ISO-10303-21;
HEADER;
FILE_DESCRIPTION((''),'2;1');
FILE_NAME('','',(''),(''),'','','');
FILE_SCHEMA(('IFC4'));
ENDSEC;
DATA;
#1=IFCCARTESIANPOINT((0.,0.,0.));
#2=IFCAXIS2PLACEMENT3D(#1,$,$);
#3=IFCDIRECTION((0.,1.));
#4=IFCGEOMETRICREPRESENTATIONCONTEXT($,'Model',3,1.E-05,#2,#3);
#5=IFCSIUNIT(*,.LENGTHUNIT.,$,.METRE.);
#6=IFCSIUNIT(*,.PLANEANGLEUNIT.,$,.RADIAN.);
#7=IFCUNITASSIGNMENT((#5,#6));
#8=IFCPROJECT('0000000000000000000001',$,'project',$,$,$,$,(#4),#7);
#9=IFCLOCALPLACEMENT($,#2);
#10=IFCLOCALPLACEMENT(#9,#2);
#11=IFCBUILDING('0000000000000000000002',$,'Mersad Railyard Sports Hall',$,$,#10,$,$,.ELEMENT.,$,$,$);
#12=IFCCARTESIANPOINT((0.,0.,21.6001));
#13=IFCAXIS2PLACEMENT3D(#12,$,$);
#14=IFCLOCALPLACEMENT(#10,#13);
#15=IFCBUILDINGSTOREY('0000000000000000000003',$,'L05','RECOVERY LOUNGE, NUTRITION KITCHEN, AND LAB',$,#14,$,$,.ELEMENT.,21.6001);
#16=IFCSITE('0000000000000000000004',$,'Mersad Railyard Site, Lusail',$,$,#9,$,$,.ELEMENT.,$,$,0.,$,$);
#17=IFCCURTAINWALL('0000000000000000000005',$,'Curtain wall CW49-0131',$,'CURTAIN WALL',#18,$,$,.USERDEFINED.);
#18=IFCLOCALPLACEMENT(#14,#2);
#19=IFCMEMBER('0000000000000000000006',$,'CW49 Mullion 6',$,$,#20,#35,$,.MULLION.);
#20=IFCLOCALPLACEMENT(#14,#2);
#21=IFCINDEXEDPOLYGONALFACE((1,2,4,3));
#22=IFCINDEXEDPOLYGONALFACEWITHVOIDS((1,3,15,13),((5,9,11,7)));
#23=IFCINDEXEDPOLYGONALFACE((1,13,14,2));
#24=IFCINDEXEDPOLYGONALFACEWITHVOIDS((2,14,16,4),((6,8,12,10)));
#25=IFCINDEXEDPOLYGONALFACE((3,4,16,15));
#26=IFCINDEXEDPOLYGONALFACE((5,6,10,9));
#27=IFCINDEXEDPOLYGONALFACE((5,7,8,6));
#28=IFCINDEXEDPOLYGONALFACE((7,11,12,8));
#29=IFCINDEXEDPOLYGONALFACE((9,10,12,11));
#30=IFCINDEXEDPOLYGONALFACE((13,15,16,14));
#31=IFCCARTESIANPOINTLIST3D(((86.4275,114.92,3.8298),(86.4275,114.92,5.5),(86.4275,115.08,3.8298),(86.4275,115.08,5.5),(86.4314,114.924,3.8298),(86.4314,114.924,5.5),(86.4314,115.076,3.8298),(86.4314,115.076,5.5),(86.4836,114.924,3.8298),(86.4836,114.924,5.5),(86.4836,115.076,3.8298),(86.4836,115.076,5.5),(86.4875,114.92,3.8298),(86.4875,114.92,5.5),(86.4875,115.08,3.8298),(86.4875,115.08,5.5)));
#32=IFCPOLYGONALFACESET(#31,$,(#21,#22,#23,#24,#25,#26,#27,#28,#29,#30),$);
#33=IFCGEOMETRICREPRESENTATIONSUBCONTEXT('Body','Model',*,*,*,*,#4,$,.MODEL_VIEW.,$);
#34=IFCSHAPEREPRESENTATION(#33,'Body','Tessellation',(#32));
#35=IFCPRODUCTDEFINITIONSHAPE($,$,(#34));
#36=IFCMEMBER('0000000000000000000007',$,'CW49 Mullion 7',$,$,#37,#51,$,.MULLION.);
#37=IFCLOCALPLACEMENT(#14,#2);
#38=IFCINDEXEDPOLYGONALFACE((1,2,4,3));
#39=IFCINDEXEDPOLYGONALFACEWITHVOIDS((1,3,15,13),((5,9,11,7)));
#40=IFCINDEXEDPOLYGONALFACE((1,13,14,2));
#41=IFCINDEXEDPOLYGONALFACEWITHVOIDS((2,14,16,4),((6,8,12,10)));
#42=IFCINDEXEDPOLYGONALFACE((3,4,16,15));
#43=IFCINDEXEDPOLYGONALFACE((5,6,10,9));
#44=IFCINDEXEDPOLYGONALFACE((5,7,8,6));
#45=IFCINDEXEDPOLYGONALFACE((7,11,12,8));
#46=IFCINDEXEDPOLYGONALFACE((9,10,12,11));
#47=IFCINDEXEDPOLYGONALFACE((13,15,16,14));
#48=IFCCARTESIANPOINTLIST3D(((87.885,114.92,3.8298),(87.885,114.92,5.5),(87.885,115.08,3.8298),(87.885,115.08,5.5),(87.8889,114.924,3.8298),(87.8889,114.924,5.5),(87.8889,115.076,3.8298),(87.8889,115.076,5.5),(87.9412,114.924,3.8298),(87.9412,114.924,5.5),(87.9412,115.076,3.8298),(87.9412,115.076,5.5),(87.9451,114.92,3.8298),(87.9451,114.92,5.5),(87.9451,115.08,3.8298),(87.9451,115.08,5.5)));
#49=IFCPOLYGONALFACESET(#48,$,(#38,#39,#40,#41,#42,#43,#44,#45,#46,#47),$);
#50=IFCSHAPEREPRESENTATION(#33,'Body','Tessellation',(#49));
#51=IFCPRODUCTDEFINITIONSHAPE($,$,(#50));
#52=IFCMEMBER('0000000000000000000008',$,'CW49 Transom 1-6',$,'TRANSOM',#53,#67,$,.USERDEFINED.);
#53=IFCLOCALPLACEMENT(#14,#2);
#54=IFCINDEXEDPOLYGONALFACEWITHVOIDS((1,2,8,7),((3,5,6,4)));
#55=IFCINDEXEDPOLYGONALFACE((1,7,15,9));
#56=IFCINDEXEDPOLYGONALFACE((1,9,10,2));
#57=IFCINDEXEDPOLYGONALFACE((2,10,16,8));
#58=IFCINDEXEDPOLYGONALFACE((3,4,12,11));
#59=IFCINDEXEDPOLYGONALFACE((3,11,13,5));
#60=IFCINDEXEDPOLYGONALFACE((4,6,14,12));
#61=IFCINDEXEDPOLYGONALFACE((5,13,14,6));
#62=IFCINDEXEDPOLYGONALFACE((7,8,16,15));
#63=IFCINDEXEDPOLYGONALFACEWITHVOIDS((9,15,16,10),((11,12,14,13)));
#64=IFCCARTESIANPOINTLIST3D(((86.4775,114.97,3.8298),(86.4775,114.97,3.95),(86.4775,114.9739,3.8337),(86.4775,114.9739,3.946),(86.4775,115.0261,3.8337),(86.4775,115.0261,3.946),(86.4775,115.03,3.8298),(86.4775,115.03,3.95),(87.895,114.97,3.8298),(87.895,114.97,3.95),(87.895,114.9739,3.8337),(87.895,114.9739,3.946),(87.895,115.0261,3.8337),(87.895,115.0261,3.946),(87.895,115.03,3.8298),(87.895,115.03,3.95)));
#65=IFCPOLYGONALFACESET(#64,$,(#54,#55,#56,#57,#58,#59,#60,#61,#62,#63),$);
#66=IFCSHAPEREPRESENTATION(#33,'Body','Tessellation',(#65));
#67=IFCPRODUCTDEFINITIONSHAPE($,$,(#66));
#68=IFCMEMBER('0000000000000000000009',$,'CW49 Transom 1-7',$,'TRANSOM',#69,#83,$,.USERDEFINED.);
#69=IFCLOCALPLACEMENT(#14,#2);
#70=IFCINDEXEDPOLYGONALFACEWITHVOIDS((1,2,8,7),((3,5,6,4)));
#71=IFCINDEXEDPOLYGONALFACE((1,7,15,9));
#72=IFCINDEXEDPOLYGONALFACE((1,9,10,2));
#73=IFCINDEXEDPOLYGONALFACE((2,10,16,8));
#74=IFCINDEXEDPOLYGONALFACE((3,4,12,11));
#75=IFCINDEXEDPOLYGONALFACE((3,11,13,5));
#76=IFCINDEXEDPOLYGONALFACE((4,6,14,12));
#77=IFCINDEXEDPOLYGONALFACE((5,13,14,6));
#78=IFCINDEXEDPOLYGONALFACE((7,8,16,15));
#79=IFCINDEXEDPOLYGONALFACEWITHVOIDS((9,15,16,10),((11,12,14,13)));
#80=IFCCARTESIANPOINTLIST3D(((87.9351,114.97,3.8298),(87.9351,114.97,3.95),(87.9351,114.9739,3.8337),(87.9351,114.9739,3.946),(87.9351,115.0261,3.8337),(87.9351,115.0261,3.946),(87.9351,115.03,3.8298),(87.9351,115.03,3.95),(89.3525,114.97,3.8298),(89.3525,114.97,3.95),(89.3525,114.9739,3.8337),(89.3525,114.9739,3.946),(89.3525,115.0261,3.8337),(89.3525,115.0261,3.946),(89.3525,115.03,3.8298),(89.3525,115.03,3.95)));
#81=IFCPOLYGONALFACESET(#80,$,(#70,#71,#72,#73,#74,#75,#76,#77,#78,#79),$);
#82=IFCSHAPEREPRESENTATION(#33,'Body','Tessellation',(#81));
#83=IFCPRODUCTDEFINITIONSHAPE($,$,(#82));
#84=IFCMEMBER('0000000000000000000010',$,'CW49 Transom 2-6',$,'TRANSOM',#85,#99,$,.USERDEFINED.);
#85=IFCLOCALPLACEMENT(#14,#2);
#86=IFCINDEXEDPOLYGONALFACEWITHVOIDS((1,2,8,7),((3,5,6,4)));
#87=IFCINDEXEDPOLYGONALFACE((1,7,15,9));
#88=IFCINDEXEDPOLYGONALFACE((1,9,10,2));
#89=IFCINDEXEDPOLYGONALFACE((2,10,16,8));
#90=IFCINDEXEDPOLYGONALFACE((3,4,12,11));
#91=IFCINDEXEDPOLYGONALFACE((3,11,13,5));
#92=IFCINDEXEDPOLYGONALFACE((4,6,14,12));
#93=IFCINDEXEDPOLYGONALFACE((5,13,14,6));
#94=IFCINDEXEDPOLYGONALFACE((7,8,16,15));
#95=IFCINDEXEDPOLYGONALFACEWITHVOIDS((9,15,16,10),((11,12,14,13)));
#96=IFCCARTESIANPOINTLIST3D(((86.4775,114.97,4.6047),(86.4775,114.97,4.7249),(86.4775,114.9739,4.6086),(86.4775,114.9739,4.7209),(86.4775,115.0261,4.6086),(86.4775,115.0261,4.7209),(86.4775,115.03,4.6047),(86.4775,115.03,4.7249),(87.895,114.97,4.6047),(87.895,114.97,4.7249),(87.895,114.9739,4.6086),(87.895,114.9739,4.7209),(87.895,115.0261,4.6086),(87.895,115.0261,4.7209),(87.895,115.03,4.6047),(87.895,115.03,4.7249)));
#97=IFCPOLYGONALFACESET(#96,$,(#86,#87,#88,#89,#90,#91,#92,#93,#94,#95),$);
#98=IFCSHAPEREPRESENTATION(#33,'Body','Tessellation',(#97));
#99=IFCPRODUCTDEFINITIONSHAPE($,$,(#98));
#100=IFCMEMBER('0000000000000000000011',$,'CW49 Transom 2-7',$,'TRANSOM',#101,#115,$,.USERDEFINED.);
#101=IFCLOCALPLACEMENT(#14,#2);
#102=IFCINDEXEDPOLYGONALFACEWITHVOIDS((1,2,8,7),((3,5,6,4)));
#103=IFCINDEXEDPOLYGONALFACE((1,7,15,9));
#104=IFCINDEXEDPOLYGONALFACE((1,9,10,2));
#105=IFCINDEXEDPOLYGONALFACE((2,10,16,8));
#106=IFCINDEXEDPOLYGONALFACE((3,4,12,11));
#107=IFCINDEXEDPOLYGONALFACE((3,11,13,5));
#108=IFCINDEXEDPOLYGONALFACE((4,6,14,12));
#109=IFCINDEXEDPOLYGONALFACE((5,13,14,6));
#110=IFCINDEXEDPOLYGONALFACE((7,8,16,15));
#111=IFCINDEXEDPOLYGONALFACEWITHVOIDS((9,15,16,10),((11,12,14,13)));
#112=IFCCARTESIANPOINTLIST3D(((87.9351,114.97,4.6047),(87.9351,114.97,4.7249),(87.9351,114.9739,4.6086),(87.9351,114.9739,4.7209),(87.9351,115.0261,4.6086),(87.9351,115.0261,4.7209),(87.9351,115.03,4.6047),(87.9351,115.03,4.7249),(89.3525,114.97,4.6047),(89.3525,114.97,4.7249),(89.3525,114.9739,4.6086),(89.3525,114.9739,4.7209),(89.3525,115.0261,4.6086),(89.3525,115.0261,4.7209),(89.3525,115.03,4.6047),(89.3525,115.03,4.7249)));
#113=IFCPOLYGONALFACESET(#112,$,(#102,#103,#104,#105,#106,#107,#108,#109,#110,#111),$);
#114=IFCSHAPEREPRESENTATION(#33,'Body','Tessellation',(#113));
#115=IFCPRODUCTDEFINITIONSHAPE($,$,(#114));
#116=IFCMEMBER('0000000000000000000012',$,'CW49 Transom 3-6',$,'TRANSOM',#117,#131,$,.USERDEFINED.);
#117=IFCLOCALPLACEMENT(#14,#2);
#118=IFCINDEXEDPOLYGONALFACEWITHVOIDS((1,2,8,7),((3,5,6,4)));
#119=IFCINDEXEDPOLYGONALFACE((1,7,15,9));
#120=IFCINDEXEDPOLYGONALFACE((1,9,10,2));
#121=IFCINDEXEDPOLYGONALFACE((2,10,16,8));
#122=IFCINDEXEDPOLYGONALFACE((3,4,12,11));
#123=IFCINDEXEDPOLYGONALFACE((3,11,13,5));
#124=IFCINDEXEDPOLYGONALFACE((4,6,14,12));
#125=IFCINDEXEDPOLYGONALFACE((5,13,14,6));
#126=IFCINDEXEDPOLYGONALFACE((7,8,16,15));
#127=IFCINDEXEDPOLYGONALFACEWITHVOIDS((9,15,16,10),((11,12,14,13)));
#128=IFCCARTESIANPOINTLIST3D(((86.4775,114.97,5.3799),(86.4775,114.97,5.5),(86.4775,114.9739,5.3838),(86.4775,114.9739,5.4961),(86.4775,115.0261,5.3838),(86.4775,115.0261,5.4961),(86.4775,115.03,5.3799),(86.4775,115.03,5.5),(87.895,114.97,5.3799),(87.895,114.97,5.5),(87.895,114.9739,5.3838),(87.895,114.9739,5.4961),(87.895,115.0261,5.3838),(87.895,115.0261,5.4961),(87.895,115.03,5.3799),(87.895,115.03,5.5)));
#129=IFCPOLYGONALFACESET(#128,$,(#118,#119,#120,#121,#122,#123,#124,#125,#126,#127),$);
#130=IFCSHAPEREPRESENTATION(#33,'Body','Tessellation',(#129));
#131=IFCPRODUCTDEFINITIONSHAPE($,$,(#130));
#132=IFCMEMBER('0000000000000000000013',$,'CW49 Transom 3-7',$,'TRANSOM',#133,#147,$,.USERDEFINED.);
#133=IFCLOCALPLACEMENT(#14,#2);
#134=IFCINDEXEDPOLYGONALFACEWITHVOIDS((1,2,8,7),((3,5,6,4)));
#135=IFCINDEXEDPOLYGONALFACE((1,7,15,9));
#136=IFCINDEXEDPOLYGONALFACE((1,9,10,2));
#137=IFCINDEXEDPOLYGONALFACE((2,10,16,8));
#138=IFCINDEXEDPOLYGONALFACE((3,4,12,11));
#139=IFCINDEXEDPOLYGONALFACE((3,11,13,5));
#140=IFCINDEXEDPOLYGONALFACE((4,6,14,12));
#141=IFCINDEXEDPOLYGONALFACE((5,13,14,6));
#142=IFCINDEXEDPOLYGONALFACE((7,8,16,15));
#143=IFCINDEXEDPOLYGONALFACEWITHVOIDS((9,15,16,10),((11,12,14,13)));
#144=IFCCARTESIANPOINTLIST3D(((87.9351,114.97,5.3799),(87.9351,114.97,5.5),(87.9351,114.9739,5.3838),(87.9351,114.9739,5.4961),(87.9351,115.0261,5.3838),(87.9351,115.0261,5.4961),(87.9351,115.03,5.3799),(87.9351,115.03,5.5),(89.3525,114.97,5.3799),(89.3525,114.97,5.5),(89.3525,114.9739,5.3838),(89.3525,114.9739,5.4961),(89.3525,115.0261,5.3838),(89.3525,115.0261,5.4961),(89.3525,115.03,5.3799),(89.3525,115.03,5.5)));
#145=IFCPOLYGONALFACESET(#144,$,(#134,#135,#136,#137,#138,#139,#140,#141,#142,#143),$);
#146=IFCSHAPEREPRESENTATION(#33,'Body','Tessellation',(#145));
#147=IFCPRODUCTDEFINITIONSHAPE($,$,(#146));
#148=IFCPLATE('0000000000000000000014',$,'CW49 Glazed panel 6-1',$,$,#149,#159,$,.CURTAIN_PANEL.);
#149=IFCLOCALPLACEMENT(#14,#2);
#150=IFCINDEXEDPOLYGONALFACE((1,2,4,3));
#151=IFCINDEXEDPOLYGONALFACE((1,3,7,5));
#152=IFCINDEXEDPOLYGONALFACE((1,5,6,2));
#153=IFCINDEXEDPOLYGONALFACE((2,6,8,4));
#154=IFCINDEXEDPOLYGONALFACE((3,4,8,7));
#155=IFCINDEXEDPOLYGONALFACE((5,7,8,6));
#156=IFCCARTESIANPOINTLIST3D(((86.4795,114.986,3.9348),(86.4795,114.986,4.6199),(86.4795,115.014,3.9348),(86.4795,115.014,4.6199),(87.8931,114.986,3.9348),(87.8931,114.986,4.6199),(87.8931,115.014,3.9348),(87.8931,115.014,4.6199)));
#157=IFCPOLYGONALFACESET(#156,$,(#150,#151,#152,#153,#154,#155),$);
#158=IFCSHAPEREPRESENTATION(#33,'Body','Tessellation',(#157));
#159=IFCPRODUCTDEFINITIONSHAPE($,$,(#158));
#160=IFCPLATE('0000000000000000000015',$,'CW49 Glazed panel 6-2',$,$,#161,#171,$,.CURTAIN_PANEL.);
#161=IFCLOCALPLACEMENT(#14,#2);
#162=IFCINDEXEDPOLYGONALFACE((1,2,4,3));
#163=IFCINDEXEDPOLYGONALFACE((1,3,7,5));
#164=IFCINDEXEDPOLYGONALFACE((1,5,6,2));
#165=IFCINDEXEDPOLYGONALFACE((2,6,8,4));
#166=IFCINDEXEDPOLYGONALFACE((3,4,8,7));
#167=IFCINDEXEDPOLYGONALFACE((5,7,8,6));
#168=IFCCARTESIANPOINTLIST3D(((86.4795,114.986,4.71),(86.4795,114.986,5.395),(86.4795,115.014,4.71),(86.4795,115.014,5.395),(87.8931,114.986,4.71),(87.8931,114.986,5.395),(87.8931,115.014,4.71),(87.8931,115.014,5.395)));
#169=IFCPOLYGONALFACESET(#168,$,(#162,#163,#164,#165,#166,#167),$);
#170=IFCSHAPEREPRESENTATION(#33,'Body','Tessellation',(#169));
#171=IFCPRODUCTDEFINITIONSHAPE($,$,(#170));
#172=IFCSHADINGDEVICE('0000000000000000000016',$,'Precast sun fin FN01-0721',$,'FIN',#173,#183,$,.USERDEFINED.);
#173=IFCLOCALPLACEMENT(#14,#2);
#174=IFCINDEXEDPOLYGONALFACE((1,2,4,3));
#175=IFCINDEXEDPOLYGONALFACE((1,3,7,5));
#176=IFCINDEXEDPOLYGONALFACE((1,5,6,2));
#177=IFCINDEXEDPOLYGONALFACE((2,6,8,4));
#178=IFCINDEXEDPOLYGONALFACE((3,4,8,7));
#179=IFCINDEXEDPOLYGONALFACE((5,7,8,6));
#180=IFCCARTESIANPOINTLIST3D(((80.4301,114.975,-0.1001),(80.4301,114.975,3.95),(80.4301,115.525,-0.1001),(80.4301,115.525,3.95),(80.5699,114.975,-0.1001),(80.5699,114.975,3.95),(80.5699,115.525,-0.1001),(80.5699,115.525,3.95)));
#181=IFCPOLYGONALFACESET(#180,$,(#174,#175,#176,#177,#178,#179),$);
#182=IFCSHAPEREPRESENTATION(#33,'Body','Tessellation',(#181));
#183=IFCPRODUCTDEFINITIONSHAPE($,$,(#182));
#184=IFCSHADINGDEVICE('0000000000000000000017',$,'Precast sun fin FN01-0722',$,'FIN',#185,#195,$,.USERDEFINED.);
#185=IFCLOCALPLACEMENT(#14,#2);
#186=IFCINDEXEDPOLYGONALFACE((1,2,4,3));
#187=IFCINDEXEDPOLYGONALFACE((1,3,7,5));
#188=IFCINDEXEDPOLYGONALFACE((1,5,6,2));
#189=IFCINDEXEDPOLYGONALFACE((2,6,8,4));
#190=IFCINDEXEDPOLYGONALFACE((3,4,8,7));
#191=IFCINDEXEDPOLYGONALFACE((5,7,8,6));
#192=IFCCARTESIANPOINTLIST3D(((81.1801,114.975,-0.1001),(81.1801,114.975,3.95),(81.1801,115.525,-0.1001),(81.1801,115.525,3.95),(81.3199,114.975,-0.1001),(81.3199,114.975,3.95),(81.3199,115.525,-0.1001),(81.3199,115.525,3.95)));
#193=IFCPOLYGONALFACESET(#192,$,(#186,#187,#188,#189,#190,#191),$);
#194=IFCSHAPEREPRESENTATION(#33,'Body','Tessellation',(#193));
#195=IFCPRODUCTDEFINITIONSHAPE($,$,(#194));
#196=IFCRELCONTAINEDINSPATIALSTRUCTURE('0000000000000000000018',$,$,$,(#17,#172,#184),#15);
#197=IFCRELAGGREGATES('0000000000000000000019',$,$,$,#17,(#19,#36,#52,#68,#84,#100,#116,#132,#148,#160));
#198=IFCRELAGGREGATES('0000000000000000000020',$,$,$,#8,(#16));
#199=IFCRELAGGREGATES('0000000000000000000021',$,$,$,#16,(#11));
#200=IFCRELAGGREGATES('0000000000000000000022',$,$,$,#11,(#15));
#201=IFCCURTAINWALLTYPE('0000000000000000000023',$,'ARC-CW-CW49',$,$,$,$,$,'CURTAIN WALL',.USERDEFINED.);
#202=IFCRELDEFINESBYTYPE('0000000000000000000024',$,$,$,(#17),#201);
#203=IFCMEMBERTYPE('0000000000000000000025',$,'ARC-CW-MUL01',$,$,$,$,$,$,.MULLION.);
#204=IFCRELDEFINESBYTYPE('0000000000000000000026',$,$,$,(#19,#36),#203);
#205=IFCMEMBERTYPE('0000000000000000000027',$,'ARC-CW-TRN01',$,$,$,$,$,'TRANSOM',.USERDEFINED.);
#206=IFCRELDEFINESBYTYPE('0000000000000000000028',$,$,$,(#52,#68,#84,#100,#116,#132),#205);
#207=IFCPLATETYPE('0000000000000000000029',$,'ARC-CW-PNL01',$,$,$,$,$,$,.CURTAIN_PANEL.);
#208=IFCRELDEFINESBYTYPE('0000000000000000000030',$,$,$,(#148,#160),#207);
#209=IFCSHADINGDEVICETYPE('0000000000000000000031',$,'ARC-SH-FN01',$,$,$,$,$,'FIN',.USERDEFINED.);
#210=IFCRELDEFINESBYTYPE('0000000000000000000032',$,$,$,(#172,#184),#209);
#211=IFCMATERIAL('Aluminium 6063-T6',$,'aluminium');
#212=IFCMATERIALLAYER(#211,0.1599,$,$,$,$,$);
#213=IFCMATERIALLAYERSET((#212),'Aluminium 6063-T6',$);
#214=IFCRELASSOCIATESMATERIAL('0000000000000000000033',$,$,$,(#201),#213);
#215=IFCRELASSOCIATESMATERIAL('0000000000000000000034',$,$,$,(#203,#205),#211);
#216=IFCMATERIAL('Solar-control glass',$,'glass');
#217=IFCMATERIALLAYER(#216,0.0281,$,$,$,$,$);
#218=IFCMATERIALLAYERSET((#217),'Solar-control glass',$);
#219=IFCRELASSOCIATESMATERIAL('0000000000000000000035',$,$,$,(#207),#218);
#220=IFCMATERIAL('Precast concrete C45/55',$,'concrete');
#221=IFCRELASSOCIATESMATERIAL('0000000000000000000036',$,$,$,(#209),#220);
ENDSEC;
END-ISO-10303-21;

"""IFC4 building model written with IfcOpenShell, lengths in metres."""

from ifc_helpers import new_model, si_unit, direction, frame, origin, origin_2d, place, context, subcontext, project, spatial, rectangle, hollow_rectangle, extrude, material, layer, layer_set, material_profile, profile_set, type_object, element, aggregate, save


model = new_model("IFC4")

# Units and contexts
model_context = context("Model", 3, precision=1e-05, world=origin(), true_north=direction((0.0, 1.0)))
body_context = subcontext(model_context, "Body", "Model", "MODEL_VIEW")
ifc_project = project(units=[si_unit("LENGTHUNIT", "METRE"), si_unit("PLANEANGLEUNIT", "RADIAN")], contexts=[model_context])

# Site, building, storey
site_placement = place(None, origin())
site = spatial("IfcSite", under=ifc_project, at=site_placement, Name="Mersad Railyard Site, Lusail", CompositionType="ELEMENT", RefElevation=0.0)
building_placement = place(site_placement, origin())
building = spatial("IfcBuilding", under=site, at=building_placement, Name="Mersad Railyard Sports Hall", CompositionType="ELEMENT")
storey_placement = place(building_placement, frame((0.0, 0.0, 21.6001)))
storey = spatial("IfcBuildingStorey", under=building, at=storey_placement, Name="L05", Description="RECOVERY LOUNGE, NUTRITION KITCHEN, AND LAB", CompositionType="ELEMENT", Elevation=21.6001)

# Curtain wall, members, plates
ifc_material_1 = material(Name="Aluminium 6063-T6", Category="aluminium")
ifc_layer_1 = layer(ifc_material_1, 0.1599)
ifc_layer_set_1 = layer_set([ifc_layer_1], Name="Aluminium 6063-T6")
curtain_wall_type = type_object("IfcCurtainWallType", Name="ARC-CW-CW49", ElementType="CURTAIN WALL", PredefinedType="USERDEFINED", material=ifc_layer_set_1)
curtain_wall_placement = place(storey_placement, origin())
curtain_wall = element("IfcCurtainWall", 1, at=curtain_wall_placement, inside=storey, type_object=curtain_wall_type, Name="Curtain wall CW49-0131", ObjectType="CURTAIN WALL", PredefinedType="USERDEFINED")
ifc_material_profile_1 = material_profile(ifc_material_1, hollow_rectangle(XDim=0.0601, YDim=0.1599, WallThickness=0.0039, at=origin_2d()), Name="AL MULLION 60x160x4")
ifc_profile_set_1 = profile_set([ifc_material_profile_1], Name="Aluminium 6063-T6")
member_type_1 = type_object("IfcMemberType", Name="ARC-CW-MUL01", PredefinedType="MULLION", material=ifc_profile_set_1)
member_1_placement = place(storey_placement, frame((86.4575, 115.0, 3.8298), z_axis=(0.0, 0.0, 1.0), x_axis=(1.0, 0.0, 0.0)))
member_1 = element("IfcMember", 2, at=member_1_placement, type_object=member_type_1, Name="CW49 Mullion 6", PredefinedType="MULLION", context=body_context, shape_type="SweptSolid", body=[
    extrude(hollow_rectangle(XDim=0.0601, YDim=0.1599, WallThickness=0.0039, at=origin_2d()), origin(), (0.0, 0.0, 1.0), 1.6702),
])
member_2_placement = place(storey_placement, frame((87.915, 115.0, 3.8298), z_axis=(0.0, 0.0, 1.0), x_axis=(1.0, 0.0, 0.0)))
member_2 = element("IfcMember", 3, at=member_2_placement, type_object=member_type_1, Name="CW49 Mullion 7", PredefinedType="MULLION", context=body_context, shape_type="SweptSolid", body=[
    extrude(hollow_rectangle(XDim=0.0601, YDim=0.1599, WallThickness=0.0039, at=origin_2d()), origin(), (0.0, 0.0, 1.0), 1.6702),
])
ifc_material_profile_2 = material_profile(ifc_material_1, hollow_rectangle(XDim=0.0601, YDim=0.1201, WallThickness=0.0039, at=origin_2d()), Name="AL TRANSOM 60x120x4")
ifc_profile_set_2 = profile_set([ifc_material_profile_2], Name="Aluminium 6063-T6")
member_type_2 = type_object("IfcMemberType", Name="ARC-CW-TRN01", ElementType="TRANSOM", PredefinedType="USERDEFINED", material=ifc_profile_set_2)
member_3_placement = place(storey_placement, frame((86.4775, 115.0, 3.8899), z_axis=(1.0, 0.0, 0.0), x_axis=(0.0, 1.0, 0.0)))
member_3 = element("IfcMember", 4, at=member_3_placement, type_object=member_type_2, Name="CW49 Transom 1-6", ObjectType="TRANSOM", PredefinedType="USERDEFINED", context=body_context, shape_type="SweptSolid", body=[
    extrude(hollow_rectangle(XDim=0.0601, YDim=0.1201, WallThickness=0.0039, at=origin_2d()), origin(), (0.0, 0.0, 1.0), 1.4175),
])
member_4_placement = place(storey_placement, frame((87.9351, 115.0, 3.8899), z_axis=(1.0, 0.0, 0.0), x_axis=(0.0, 1.0, 0.0)))
member_4 = element("IfcMember", 5, at=member_4_placement, type_object=member_type_2, Name="CW49 Transom 1-7", ObjectType="TRANSOM", PredefinedType="USERDEFINED", context=body_context, shape_type="SweptSolid", body=[
    extrude(hollow_rectangle(XDim=0.0601, YDim=0.1201, WallThickness=0.0039, at=origin_2d()), origin(), (0.0, 0.0, 1.0), 1.4175),
])
member_5_placement = place(storey_placement, frame((86.4775, 115.0, 4.6648), z_axis=(1.0, 0.0, 0.0), x_axis=(0.0, 1.0, 0.0)))
member_5 = element("IfcMember", 6, at=member_5_placement, type_object=member_type_2, Name="CW49 Transom 2-6", ObjectType="TRANSOM", PredefinedType="USERDEFINED", context=body_context, shape_type="SweptSolid", body=[
    extrude(hollow_rectangle(XDim=0.0601, YDim=0.1201, WallThickness=0.0039, at=origin_2d()), origin(), (0.0, 0.0, 1.0), 1.4175),
])
member_6_placement = place(storey_placement, frame((87.9351, 115.0, 4.6648), z_axis=(1.0, 0.0, 0.0), x_axis=(0.0, 1.0, 0.0)))
member_6 = element("IfcMember", 7, at=member_6_placement, type_object=member_type_2, Name="CW49 Transom 2-7", ObjectType="TRANSOM", PredefinedType="USERDEFINED", context=body_context, shape_type="SweptSolid", body=[
    extrude(hollow_rectangle(XDim=0.0601, YDim=0.1201, WallThickness=0.0039, at=origin_2d()), origin(), (0.0, 0.0, 1.0), 1.4175),
])
member_7_placement = place(storey_placement, frame((86.4775, 115.0, 5.4399), z_axis=(1.0, 0.0, 0.0), x_axis=(0.0, 1.0, 0.0)))
member_7 = element("IfcMember", 8, at=member_7_placement, type_object=member_type_2, Name="CW49 Transom 3-6", ObjectType="TRANSOM", PredefinedType="USERDEFINED", context=body_context, shape_type="SweptSolid", body=[
    extrude(hollow_rectangle(XDim=0.0601, YDim=0.1201, WallThickness=0.0039, at=origin_2d()), origin(), (0.0, 0.0, 1.0), 1.4175),
])
member_8_placement = place(storey_placement, frame((87.9351, 115.0, 5.4399), z_axis=(1.0, 0.0, 0.0), x_axis=(0.0, 1.0, 0.0)))
member_8 = element("IfcMember", 9, at=member_8_placement, type_object=member_type_2, Name="CW49 Transom 3-7", ObjectType="TRANSOM", PredefinedType="USERDEFINED", context=body_context, shape_type="SweptSolid", body=[
    extrude(hollow_rectangle(XDim=0.0601, YDim=0.1201, WallThickness=0.0039, at=origin_2d()), origin(), (0.0, 0.0, 1.0), 1.4175),
])
ifc_material_2 = material(Name="Solar-control glass", Category="glass")
ifc_layer_2 = layer(ifc_material_2, 0.0281)
ifc_layer_set_2 = layer_set([ifc_layer_2], Name="Solar-control glass")
plate_type = type_object("IfcPlateType", Name="ARC-CW-PNL01", PredefinedType="CURTAIN_PANEL", material=ifc_layer_set_2)
plate_1_placement = place(storey_placement, frame((87.1863, 115.0, 3.9348), z_axis=(0.0, 0.0, 1.0), x_axis=(1.0, 0.0, 0.0)))
plate_1 = element("IfcPlate", 10, at=plate_1_placement, type_object=plate_type, Name="CW49 Glazed panel 6-1", PredefinedType="CURTAIN_PANEL", context=body_context, shape_type="SweptSolid", body=[
    extrude(rectangle(XDim=1.4136, YDim=0.0281, at=origin_2d()), origin(), (0.0, 0.0, 1.0), 0.6851),
])
plate_2_placement = place(storey_placement, frame((87.1863, 115.0, 4.71), z_axis=(0.0, 0.0, 1.0), x_axis=(1.0, 0.0, 0.0)))
plate_2 = element("IfcPlate", 11, at=plate_2_placement, type_object=plate_type, Name="CW49 Glazed panel 6-2", PredefinedType="CURTAIN_PANEL", context=body_context, shape_type="SweptSolid", body=[
    extrude(rectangle(XDim=1.4136, YDim=0.0281, at=origin_2d()), origin(), (0.0, 0.0, 1.0), 0.6851),
])
aggregate(curtain_wall, [member_1, member_2, member_3, member_4, member_5, member_6, member_7, member_8, plate_1, plate_2])

# Shading devices
ifc_material_3 = material(Name="Precast concrete C45/55", Category="concrete")
shading_device_type = type_object("IfcShadingDeviceType", Name="ARC-SH-FN01", ElementType="FIN", PredefinedType="USERDEFINED", material=ifc_material_3)
for number, where, z_axis, x_axis, name in (
    (12, (80.5, 115.25, -0.1001), (0.0, 0.0, 1.0), (1.0, 0.0, 0.0), "Precast sun fin FN01-0721"),
    (13, (81.25, 115.25, -0.1001), (0.0, 0.0, 1.0), (1.0, 0.0, 0.0), "Precast sun fin FN01-0722"),
):
    element("IfcShadingDevice", number, at=place(storey_placement, frame(where, z_axis=z_axis, x_axis=x_axis)), inside=storey, type_object=shading_device_type, Name=name, ObjectType="FIN", PredefinedType="USERDEFINED", context=body_context, shape_type="SweptSolid", body=[
        extrude(rectangle(XDim=0.1399, YDim=0.55, at=origin_2d()), origin(), (0.0, 0.0, 1.0), 4.05),
    ])

save(model, "model.ifc")
